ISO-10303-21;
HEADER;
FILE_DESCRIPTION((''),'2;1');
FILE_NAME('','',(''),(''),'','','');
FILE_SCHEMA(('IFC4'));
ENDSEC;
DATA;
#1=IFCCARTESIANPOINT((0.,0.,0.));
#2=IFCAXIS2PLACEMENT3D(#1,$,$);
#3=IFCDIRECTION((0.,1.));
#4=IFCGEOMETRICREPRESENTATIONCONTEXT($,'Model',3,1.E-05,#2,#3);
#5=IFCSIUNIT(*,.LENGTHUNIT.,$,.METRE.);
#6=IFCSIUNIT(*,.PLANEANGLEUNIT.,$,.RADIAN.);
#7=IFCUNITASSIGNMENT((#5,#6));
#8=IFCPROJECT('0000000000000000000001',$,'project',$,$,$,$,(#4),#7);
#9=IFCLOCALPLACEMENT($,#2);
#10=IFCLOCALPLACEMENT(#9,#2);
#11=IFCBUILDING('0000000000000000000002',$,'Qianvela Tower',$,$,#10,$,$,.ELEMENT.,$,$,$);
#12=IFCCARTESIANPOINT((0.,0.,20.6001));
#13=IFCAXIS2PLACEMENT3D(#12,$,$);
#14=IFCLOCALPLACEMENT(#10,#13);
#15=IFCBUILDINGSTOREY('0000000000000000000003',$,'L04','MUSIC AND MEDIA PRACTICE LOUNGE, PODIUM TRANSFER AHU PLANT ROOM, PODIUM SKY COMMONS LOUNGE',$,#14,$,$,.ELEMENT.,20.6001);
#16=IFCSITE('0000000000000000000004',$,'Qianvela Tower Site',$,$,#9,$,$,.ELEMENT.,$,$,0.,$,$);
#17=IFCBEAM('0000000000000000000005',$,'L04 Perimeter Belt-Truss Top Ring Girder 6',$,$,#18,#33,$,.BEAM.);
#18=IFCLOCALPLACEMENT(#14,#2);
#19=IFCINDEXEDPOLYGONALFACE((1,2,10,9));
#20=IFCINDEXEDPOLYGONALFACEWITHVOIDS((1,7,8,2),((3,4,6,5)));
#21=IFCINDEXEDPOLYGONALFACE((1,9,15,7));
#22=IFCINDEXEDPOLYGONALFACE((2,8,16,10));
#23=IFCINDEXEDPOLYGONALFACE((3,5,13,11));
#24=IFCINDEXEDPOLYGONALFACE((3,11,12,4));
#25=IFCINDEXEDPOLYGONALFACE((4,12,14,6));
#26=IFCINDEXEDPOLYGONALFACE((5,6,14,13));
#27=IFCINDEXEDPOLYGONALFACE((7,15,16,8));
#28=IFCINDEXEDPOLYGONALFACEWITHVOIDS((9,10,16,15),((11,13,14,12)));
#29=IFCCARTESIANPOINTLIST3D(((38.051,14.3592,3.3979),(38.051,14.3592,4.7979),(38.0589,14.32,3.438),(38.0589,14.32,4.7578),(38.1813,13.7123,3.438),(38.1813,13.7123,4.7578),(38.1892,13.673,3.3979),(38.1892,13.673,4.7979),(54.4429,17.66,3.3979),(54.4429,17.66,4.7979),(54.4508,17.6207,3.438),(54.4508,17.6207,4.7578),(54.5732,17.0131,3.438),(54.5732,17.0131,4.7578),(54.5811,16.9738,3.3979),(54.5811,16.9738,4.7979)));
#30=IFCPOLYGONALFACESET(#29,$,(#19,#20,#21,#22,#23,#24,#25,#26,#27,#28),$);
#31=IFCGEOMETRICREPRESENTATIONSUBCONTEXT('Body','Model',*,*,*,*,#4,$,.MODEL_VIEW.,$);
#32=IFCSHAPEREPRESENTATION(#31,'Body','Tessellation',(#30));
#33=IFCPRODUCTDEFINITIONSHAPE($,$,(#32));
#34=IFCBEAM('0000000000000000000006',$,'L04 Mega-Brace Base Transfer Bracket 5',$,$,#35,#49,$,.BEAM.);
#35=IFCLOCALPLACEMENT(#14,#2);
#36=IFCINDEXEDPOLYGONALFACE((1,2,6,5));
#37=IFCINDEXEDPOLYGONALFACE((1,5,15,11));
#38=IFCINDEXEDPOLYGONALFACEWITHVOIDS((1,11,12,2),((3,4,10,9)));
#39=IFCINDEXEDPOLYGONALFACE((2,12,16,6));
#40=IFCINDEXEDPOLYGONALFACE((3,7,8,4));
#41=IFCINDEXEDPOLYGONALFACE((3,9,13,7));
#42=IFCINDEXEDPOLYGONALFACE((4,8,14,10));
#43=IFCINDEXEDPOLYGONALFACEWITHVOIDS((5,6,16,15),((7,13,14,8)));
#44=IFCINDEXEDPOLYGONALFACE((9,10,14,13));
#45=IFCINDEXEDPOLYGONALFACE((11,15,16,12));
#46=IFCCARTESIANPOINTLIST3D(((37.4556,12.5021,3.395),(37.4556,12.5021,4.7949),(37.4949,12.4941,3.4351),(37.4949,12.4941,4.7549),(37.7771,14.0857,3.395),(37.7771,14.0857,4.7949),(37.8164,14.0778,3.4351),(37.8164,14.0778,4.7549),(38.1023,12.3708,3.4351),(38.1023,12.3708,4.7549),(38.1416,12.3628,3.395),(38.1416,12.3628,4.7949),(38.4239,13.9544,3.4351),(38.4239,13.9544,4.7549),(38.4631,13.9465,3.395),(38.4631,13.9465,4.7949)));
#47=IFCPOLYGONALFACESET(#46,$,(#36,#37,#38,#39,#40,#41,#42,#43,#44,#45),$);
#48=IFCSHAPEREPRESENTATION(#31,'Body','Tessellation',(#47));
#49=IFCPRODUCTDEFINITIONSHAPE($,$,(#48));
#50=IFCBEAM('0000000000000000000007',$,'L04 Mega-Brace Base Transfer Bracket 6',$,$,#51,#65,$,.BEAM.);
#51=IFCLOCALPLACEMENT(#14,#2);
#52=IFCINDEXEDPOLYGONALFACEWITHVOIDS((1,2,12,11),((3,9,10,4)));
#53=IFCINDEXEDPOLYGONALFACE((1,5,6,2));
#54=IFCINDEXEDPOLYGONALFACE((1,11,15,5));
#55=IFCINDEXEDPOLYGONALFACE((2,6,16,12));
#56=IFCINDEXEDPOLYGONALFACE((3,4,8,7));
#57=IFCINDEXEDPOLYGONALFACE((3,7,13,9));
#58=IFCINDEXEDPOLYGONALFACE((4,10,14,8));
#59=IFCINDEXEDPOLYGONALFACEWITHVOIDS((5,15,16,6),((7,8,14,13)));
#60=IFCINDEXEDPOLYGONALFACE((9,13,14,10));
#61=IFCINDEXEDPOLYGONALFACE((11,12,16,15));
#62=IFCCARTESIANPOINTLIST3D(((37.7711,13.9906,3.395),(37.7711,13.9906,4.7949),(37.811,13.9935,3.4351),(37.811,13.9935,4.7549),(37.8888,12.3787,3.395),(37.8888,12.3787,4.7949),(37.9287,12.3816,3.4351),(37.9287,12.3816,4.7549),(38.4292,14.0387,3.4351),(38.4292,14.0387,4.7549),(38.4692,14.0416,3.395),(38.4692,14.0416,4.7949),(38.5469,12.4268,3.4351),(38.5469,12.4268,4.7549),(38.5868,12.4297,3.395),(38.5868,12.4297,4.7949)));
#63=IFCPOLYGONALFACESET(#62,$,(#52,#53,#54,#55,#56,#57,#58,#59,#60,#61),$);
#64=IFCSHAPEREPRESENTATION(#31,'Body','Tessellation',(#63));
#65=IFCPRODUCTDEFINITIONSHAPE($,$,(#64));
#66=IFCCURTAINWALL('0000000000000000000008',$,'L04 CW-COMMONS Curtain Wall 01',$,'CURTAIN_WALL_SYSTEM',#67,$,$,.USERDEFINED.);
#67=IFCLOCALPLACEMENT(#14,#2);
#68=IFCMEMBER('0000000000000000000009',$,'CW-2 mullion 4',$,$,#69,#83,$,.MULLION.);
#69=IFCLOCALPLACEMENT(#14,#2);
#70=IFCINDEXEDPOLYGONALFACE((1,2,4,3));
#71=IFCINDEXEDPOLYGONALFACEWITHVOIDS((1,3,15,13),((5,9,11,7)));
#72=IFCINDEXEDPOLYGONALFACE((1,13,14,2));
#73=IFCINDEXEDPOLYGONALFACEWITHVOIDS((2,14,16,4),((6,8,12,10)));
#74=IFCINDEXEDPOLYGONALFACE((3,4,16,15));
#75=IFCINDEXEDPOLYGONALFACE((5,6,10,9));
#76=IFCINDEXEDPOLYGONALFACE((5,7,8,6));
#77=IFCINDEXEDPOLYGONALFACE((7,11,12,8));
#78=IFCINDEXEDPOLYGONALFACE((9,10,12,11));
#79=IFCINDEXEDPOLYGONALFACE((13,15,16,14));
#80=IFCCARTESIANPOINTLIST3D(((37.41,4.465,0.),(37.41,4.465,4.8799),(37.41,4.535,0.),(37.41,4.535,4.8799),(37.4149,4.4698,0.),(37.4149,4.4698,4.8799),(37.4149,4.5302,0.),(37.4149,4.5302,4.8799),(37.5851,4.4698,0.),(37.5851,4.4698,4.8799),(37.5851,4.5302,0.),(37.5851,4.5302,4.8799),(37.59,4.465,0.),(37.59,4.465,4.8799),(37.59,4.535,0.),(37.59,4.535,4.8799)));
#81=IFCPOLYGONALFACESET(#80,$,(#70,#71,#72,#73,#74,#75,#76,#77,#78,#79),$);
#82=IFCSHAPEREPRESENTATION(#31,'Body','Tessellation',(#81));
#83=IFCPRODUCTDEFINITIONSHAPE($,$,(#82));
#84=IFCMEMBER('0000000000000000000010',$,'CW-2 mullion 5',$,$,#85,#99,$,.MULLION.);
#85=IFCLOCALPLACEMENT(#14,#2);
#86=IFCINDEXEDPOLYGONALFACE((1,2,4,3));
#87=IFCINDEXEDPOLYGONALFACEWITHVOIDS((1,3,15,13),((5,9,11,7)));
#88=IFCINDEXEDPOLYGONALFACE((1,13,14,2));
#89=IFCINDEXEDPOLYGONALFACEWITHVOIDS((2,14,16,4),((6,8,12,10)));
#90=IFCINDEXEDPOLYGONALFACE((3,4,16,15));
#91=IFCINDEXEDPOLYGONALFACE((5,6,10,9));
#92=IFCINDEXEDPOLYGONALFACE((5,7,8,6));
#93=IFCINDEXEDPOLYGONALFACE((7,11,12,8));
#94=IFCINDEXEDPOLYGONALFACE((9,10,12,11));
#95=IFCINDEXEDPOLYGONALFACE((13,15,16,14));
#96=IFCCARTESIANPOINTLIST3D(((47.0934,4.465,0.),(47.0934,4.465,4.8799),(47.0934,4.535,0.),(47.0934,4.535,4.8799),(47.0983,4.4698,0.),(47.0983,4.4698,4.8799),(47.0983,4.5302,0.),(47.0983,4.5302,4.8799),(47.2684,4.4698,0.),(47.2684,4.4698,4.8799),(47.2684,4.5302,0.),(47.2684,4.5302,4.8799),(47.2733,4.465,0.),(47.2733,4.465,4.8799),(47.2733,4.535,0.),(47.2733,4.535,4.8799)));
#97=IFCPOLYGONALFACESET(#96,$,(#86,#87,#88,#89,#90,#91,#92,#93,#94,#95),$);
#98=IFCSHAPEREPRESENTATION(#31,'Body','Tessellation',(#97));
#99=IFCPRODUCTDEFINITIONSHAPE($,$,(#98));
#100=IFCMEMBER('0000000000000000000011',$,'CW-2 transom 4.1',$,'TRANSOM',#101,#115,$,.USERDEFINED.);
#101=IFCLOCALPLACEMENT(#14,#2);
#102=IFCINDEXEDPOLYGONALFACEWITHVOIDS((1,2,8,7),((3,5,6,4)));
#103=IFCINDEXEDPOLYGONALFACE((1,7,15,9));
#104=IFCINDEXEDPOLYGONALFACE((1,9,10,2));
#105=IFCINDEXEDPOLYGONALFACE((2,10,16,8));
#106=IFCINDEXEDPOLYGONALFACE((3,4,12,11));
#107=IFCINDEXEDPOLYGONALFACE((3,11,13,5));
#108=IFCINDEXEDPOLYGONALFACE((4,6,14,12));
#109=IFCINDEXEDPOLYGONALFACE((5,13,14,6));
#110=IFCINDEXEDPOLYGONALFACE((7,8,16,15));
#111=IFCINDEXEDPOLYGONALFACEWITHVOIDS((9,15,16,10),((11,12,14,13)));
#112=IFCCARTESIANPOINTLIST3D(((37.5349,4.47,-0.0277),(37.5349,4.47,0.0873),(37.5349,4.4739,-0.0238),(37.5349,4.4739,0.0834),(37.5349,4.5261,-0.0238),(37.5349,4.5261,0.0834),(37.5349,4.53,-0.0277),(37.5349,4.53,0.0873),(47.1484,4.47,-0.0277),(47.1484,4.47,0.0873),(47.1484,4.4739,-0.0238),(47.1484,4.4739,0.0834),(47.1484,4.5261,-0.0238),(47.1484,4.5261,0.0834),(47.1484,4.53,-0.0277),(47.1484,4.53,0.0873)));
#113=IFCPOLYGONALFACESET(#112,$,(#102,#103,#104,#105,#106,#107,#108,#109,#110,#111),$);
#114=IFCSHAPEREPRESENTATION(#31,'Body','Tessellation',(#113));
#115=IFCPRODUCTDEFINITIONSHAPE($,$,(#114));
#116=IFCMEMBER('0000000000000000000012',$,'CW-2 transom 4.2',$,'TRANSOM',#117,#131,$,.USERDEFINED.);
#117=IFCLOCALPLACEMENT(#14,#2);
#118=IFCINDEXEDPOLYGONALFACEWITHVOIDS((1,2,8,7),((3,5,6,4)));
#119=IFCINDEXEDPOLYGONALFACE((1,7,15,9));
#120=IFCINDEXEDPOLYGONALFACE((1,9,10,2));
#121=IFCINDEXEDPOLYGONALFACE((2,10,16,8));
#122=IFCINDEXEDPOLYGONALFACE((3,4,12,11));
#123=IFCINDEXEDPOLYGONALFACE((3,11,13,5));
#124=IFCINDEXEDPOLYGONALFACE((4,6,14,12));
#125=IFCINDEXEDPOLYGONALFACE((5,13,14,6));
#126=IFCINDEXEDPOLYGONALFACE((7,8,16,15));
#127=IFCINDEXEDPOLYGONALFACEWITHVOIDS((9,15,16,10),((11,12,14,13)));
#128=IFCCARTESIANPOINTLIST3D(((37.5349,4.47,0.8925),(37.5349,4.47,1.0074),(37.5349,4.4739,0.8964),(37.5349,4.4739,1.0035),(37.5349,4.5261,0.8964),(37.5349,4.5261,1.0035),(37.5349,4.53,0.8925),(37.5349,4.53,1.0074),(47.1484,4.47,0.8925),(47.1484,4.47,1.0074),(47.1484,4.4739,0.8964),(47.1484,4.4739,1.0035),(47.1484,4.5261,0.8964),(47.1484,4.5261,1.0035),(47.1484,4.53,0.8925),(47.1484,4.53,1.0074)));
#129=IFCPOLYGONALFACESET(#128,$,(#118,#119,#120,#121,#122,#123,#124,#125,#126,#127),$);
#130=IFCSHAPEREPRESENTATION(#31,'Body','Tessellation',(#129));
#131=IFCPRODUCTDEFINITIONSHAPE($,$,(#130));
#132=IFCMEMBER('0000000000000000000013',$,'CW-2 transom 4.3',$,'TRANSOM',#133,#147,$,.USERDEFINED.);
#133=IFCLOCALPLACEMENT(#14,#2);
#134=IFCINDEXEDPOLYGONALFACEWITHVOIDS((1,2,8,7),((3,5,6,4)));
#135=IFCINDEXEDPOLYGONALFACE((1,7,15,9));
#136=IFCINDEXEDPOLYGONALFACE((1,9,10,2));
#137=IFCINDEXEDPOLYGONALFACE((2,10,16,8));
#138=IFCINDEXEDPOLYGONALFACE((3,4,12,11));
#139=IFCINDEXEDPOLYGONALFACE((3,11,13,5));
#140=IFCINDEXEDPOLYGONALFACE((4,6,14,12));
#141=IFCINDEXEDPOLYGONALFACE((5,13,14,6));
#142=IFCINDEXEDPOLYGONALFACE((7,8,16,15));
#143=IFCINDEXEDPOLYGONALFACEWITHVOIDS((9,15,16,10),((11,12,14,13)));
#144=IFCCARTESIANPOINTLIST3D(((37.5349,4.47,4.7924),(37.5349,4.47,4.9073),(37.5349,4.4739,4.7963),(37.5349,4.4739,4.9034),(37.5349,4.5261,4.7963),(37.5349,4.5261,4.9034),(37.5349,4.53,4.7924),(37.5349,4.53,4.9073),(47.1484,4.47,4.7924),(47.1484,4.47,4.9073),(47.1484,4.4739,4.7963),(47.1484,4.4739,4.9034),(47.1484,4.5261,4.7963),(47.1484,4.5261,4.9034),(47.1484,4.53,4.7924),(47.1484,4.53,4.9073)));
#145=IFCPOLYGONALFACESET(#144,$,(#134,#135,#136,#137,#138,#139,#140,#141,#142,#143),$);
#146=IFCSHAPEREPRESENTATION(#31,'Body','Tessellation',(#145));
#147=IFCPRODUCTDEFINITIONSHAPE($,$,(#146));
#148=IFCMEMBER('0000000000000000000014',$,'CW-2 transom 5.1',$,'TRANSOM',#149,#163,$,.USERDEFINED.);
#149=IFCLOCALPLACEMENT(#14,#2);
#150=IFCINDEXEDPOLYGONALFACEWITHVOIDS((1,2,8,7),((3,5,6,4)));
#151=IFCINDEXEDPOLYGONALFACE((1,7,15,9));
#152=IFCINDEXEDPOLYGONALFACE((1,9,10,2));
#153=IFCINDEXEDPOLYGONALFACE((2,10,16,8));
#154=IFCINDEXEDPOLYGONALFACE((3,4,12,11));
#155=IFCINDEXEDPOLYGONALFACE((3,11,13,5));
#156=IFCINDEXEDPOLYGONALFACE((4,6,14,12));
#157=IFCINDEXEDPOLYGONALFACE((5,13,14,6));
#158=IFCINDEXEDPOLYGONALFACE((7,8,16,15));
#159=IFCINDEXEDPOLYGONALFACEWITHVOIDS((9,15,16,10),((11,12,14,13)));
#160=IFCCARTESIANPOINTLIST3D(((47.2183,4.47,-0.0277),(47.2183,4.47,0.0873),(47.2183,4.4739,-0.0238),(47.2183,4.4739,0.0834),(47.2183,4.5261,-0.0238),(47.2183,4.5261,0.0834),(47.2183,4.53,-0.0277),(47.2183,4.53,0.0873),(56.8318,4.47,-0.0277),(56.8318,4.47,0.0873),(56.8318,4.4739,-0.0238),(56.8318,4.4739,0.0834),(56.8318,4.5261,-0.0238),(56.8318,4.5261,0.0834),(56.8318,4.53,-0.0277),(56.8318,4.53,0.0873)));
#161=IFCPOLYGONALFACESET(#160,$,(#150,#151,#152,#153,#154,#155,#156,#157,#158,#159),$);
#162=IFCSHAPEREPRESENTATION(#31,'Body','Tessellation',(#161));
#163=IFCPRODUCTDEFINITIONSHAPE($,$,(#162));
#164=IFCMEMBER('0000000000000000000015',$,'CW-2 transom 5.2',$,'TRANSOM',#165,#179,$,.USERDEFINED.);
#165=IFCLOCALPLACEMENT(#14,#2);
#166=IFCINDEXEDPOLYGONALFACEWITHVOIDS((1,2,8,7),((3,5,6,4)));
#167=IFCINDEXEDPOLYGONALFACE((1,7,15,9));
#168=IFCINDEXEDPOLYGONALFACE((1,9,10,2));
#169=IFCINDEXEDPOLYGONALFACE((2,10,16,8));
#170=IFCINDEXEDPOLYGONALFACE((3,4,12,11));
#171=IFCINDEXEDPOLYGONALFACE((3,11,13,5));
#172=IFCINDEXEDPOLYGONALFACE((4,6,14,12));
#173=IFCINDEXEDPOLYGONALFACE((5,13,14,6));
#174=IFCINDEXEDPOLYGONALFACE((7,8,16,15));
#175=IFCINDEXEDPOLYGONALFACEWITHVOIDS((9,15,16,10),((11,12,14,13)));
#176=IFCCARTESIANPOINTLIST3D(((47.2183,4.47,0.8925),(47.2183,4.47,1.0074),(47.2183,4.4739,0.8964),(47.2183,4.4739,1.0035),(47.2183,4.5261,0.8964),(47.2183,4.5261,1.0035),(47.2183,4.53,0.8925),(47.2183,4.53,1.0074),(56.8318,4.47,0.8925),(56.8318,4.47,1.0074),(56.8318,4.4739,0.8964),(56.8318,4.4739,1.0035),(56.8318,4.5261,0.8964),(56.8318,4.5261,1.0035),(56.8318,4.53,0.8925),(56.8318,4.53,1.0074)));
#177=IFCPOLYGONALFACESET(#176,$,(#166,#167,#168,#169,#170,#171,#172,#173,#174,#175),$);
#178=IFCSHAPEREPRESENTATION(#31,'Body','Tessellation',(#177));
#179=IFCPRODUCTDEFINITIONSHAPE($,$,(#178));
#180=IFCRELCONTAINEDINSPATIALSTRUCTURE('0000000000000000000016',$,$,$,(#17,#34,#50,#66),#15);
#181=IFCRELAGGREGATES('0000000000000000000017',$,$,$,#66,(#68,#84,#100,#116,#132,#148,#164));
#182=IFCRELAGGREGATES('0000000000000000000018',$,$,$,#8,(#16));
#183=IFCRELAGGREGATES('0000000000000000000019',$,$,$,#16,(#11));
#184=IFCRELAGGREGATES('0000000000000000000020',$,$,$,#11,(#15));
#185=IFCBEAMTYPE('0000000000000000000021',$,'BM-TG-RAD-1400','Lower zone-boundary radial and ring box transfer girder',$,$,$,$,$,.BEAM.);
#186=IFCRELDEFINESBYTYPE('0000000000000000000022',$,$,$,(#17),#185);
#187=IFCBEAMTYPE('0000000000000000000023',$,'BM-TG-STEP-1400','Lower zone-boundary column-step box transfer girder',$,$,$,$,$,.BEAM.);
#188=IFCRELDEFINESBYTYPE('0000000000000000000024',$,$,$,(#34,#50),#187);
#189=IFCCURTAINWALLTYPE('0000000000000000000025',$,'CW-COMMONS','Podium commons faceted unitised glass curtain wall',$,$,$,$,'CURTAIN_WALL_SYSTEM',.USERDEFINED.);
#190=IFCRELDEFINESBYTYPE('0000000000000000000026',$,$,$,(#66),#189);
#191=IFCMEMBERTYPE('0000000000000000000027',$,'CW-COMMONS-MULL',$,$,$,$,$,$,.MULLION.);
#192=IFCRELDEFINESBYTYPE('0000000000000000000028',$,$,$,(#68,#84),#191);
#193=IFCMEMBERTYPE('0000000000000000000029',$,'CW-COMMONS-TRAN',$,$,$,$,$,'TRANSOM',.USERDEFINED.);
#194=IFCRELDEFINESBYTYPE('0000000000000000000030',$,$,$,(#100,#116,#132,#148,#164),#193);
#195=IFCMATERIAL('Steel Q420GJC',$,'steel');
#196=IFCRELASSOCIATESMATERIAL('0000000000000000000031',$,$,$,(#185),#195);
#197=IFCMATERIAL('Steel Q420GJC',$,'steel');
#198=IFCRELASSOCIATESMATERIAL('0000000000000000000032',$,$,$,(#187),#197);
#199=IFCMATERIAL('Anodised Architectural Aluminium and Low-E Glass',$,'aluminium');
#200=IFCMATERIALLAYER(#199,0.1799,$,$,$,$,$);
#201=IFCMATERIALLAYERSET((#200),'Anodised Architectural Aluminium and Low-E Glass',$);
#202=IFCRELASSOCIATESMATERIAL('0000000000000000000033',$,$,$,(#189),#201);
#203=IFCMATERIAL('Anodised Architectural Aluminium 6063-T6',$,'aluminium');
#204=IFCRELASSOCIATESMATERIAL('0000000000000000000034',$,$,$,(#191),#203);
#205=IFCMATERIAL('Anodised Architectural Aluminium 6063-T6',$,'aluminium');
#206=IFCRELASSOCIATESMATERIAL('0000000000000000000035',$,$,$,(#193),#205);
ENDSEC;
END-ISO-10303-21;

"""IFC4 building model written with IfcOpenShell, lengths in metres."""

from ifc_helpers import new_model, si_unit, direction, frame, origin, origin_2d, place, context, subcontext, project, spatial, hollow_rectangle, extrude, material, layer, layer_set, material_profile, profile_set, type_object, element, aggregate, save


model = new_model("IFC4")

# Units and contexts
model_context = context("Model", 3, precision=1e-05, world=origin(), true_north=direction((0.0, 1.0)))
body_context = subcontext(model_context, "Body", "Model", "MODEL_VIEW")
ifc_project = project(units=[si_unit("LENGTHUNIT", "METRE"), si_unit("PLANEANGLEUNIT", "RADIAN")], contexts=[model_context])

# Site, building, storey
site_placement = place(None, origin())
site = spatial("IfcSite", under=ifc_project, at=site_placement, Name="Qianvela Tower Site", CompositionType="ELEMENT", RefElevation=0.0)
building_placement = place(site_placement, origin())
building = spatial("IfcBuilding", under=site, at=building_placement, Name="Qianvela Tower", CompositionType="ELEMENT")
storey_placement = place(building_placement, frame((0.0, 0.0, 20.6001)))
storey = spatial("IfcBuildingStorey", under=building, at=storey_placement, Name="L04", Description="MUSIC AND MEDIA PRACTICE LOUNGE, PODIUM TRANSFER AHU PLANT ROOM, PODIUM SKY COMMONS LOUNGE", CompositionType="ELEMENT", Elevation=20.6001)

# Beams
ifc_material_1 = material(Name="Steel Q420GJC", Category="steel")
ifc_material_profile_1 = material_profile(ifc_material_1, hollow_rectangle(XDim=0.7, YDim=1.3999, WallThickness=0.04, at=origin_2d()), Name="TG-BOX-1400x700x40")
ifc_profile_set_1 = profile_set([ifc_material_profile_1], Name="Steel Q420GJC")
beam_type_1 = type_object("IfcBeamType", Name="BM-TG-RAD-1400", Description="Lower zone-boundary radial and ring box transfer girder", PredefinedType="BEAM", material=ifc_profile_set_1)
beam_1_placement = place(storey_placement, frame((38.1201, 14.0161, 4.0979), z_axis=(0.980322, 0.197405, 0.0), x_axis=(-0.197405, 0.980322, 0.0)))
element("IfcBeam", 1, at=beam_1_placement, inside=storey, type_object=beam_type_1, Name="L04 Perimeter Belt-Truss Top Ring Girder 6", PredefinedType="BEAM", context=body_context, shape_type="SweptSolid", body=[
    extrude(hollow_rectangle(XDim=0.7, YDim=1.3999, WallThickness=0.04, at=origin_2d()), origin(), (0.0, 0.0, 1.0), 16.7209),
])
ifc_material_2 = material(Name="Steel Q420GJC", Category="steel")
ifc_material_profile_2 = material_profile(ifc_material_2, hollow_rectangle(XDim=0.7, YDim=1.3999, WallThickness=0.04, at=origin_2d()), Name="TG-BOX-1400x700x40")
ifc_profile_set_2 = profile_set([ifc_material_profile_2], Name="Steel Q420GJC")
beam_type_2 = type_object("IfcBeamType", Name="BM-TG-STEP-1400", Description="Lower zone-boundary column-step box transfer girder", PredefinedType="BEAM", material=ifc_profile_set_2)
beam_2_placement = place(storey_placement, frame((38.1201, 14.0161, 4.095), z_axis=(-0.198962, -0.980007, 0.0), x_axis=(0.980007, -0.198962, 0.0)))
element("IfcBeam", 2, at=beam_2_placement, inside=storey, type_object=beam_type_2, Name="L04 Mega-Brace Base Transfer Bracket 5", PredefinedType="BEAM", context=body_context, shape_type="SweptSolid", body=[
    extrude(hollow_rectangle(XDim=0.7, YDim=1.3999, WallThickness=0.04, at=origin_2d()), origin(), (0.0, 0.0, 1.0), 1.616),
])
beam_3_placement = place(storey_placement, frame((38.1201, 14.0161, 4.095), z_axis=(0.072814, -0.997346, 0.0), x_axis=(0.997346, 0.072814, 0.0)))
element("IfcBeam", 3, at=beam_3_placement, inside=storey, type_object=beam_type_2, Name="L04 Mega-Brace Base Transfer Bracket 6", PredefinedType="BEAM", context=body_context, shape_type="SweptSolid", body=[
    extrude(hollow_rectangle(XDim=0.7, YDim=1.3999, WallThickness=0.04, at=origin_2d()), origin(), (0.0, 0.0, 1.0), 1.6162),
])

# Curtain wall, members
ifc_material_3 = material(Name="Anodised Architectural Aluminium and Low-E Glass", Category="aluminium")
ifc_layer_1 = layer(ifc_material_3, 0.1799)
ifc_layer_set_1 = layer_set([ifc_layer_1], Name="Anodised Architectural Aluminium and Low-E Glass")
curtain_wall_type = type_object("IfcCurtainWallType", Name="CW-COMMONS", Description="Podium commons faceted unitised glass curtain wall", ElementType="CURTAIN_WALL_SYSTEM", PredefinedType="USERDEFINED", material=ifc_layer_set_1)
curtain_wall_placement = place(storey_placement, origin())
curtain_wall = element("IfcCurtainWall", 4, at=curtain_wall_placement, inside=storey, type_object=curtain_wall_type, Name="L04 CW-COMMONS Curtain Wall 01", ObjectType="CURTAIN_WALL_SYSTEM", PredefinedType="USERDEFINED")
ifc_material_4 = material(Name="Anodised Architectural Aluminium 6063-T6", Category="aluminium")
ifc_material_profile_3 = material_profile(ifc_material_4, hollow_rectangle(XDim=0.0701, YDim=0.1799, WallThickness=0.0049, at=origin_2d()), Name="ALU-MULL-70x180")
ifc_profile_set_3 = profile_set([ifc_material_profile_3], Name="Anodised Architectural Aluminium 6063-T6")
member_type_1 = type_object("IfcMemberType", Name="CW-COMMONS-MULL", PredefinedType="MULLION", material=ifc_profile_set_3)
member_1_placement = place(storey_placement, frame((37.5, 4.5, 0.0), z_axis=(0.0, 0.0, 1.0), x_axis=(0.0, 1.0, 0.0)))
member_1 = element("IfcMember", 5, at=member_1_placement, type_object=member_type_1, Name="CW-2 mullion 4", PredefinedType="MULLION", context=body_context, shape_type="SweptSolid", body=[
    extrude(hollow_rectangle(XDim=0.0701, YDim=0.1799, WallThickness=0.0049, at=origin_2d()), origin(), (0.0, 0.0, 1.0), 4.8799),
])
member_2_placement = place(storey_placement, frame((47.1833, 4.5, 0.0), z_axis=(0.0, 0.0, 1.0), x_axis=(0.0, 1.0, 0.0)))
member_2 = element("IfcMember", 6, at=member_2_placement, type_object=member_type_1, Name="CW-2 mullion 5", PredefinedType="MULLION", context=body_context, shape_type="SweptSolid", body=[
    extrude(hollow_rectangle(XDim=0.0701, YDim=0.1799, WallThickness=0.0049, at=origin_2d()), origin(), (0.0, 0.0, 1.0), 4.8799),
])
ifc_material_5 = material(Name="Anodised Architectural Aluminium 6063-T6", Category="aluminium")
ifc_material_profile_4 = material_profile(ifc_material_5, hollow_rectangle(XDim=0.0601, YDim=0.115, WallThickness=0.0039, at=origin_2d()), Name="ALU-TRAN-60x115")
ifc_profile_set_4 = profile_set([ifc_material_profile_4], Name="Anodised Architectural Aluminium 6063-T6")
member_type_2 = type_object("IfcMemberType", Name="CW-COMMONS-TRAN", ElementType="TRANSOM", PredefinedType="USERDEFINED", material=ifc_profile_set_4)
member_3_placement = place(storey_placement, frame((37.5349, 4.5, 0.0298), z_axis=(1.0, 0.0, 0.0), x_axis=(0.0, 1.0, 0.0)))
member_3 = element("IfcMember", 7, at=member_3_placement, type_object=member_type_2, Name="CW-2 transom 4.1", ObjectType="TRANSOM", PredefinedType="USERDEFINED", context=body_context, shape_type="SweptSolid", body=[
    extrude(hollow_rectangle(XDim=0.0601, YDim=0.115, WallThickness=0.0039, at=origin_2d()), origin(), (0.0, 0.0, 1.0), 9.6135),
])
member_4_placement = place(storey_placement, frame((37.5349, 4.5, 0.95), z_axis=(1.0, 0.0, 0.0), x_axis=(0.0, 1.0, 0.0)))
member_4 = element("IfcMember", 8, at=member_4_placement, type_object=member_type_2, Name="CW-2 transom 4.2", ObjectType="TRANSOM", PredefinedType="USERDEFINED", context=body_context, shape_type="SweptSolid", body=[
    extrude(hollow_rectangle(XDim=0.0601, YDim=0.115, WallThickness=0.0039, at=origin_2d()), origin(), (0.0, 0.0, 1.0), 9.6135),
])
member_5_placement = place(storey_placement, frame((37.5349, 4.5, 4.8499), z_axis=(1.0, 0.0, 0.0), x_axis=(0.0, 1.0, 0.0)))
member_5 = element("IfcMember", 9, at=member_5_placement, type_object=member_type_2, Name="CW-2 transom 4.3", ObjectType="TRANSOM", PredefinedType="USERDEFINED", context=body_context, shape_type="SweptSolid", body=[
    extrude(hollow_rectangle(XDim=0.0601, YDim=0.115, WallThickness=0.0039, at=origin_2d()), origin(), (0.0, 0.0, 1.0), 9.6135),
])
member_6_placement = place(storey_placement, frame((47.2183, 4.5, 0.0298), z_axis=(1.0, 0.0, 0.0), x_axis=(0.0, 1.0, 0.0)))
member_6 = element("IfcMember", 10, at=member_6_placement, type_object=member_type_2, Name="CW-2 transom 5.1", ObjectType="TRANSOM", PredefinedType="USERDEFINED", context=body_context, shape_type="SweptSolid", body=[
    extrude(hollow_rectangle(XDim=0.0601, YDim=0.115, WallThickness=0.0039, at=origin_2d()), origin(), (0.0, 0.0, 1.0), 9.6135),
])
member_7_placement = place(storey_placement, frame((47.2183, 4.5, 0.95), z_axis=(1.0, 0.0, 0.0), x_axis=(0.0, 1.0, 0.0)))
member_7 = element("IfcMember", 11, at=member_7_placement, type_object=member_type_2, Name="CW-2 transom 5.2", ObjectType="TRANSOM", PredefinedType="USERDEFINED", context=body_context, shape_type="SweptSolid", body=[
    extrude(hollow_rectangle(XDim=0.0601, YDim=0.115, WallThickness=0.0039, at=origin_2d()), origin(), (0.0, 0.0, 1.0), 9.6135),
])
aggregate(curtain_wall, [member_1, member_2, member_3, member_4, member_5, member_6, member_7])

save(model, "model.ifc")
